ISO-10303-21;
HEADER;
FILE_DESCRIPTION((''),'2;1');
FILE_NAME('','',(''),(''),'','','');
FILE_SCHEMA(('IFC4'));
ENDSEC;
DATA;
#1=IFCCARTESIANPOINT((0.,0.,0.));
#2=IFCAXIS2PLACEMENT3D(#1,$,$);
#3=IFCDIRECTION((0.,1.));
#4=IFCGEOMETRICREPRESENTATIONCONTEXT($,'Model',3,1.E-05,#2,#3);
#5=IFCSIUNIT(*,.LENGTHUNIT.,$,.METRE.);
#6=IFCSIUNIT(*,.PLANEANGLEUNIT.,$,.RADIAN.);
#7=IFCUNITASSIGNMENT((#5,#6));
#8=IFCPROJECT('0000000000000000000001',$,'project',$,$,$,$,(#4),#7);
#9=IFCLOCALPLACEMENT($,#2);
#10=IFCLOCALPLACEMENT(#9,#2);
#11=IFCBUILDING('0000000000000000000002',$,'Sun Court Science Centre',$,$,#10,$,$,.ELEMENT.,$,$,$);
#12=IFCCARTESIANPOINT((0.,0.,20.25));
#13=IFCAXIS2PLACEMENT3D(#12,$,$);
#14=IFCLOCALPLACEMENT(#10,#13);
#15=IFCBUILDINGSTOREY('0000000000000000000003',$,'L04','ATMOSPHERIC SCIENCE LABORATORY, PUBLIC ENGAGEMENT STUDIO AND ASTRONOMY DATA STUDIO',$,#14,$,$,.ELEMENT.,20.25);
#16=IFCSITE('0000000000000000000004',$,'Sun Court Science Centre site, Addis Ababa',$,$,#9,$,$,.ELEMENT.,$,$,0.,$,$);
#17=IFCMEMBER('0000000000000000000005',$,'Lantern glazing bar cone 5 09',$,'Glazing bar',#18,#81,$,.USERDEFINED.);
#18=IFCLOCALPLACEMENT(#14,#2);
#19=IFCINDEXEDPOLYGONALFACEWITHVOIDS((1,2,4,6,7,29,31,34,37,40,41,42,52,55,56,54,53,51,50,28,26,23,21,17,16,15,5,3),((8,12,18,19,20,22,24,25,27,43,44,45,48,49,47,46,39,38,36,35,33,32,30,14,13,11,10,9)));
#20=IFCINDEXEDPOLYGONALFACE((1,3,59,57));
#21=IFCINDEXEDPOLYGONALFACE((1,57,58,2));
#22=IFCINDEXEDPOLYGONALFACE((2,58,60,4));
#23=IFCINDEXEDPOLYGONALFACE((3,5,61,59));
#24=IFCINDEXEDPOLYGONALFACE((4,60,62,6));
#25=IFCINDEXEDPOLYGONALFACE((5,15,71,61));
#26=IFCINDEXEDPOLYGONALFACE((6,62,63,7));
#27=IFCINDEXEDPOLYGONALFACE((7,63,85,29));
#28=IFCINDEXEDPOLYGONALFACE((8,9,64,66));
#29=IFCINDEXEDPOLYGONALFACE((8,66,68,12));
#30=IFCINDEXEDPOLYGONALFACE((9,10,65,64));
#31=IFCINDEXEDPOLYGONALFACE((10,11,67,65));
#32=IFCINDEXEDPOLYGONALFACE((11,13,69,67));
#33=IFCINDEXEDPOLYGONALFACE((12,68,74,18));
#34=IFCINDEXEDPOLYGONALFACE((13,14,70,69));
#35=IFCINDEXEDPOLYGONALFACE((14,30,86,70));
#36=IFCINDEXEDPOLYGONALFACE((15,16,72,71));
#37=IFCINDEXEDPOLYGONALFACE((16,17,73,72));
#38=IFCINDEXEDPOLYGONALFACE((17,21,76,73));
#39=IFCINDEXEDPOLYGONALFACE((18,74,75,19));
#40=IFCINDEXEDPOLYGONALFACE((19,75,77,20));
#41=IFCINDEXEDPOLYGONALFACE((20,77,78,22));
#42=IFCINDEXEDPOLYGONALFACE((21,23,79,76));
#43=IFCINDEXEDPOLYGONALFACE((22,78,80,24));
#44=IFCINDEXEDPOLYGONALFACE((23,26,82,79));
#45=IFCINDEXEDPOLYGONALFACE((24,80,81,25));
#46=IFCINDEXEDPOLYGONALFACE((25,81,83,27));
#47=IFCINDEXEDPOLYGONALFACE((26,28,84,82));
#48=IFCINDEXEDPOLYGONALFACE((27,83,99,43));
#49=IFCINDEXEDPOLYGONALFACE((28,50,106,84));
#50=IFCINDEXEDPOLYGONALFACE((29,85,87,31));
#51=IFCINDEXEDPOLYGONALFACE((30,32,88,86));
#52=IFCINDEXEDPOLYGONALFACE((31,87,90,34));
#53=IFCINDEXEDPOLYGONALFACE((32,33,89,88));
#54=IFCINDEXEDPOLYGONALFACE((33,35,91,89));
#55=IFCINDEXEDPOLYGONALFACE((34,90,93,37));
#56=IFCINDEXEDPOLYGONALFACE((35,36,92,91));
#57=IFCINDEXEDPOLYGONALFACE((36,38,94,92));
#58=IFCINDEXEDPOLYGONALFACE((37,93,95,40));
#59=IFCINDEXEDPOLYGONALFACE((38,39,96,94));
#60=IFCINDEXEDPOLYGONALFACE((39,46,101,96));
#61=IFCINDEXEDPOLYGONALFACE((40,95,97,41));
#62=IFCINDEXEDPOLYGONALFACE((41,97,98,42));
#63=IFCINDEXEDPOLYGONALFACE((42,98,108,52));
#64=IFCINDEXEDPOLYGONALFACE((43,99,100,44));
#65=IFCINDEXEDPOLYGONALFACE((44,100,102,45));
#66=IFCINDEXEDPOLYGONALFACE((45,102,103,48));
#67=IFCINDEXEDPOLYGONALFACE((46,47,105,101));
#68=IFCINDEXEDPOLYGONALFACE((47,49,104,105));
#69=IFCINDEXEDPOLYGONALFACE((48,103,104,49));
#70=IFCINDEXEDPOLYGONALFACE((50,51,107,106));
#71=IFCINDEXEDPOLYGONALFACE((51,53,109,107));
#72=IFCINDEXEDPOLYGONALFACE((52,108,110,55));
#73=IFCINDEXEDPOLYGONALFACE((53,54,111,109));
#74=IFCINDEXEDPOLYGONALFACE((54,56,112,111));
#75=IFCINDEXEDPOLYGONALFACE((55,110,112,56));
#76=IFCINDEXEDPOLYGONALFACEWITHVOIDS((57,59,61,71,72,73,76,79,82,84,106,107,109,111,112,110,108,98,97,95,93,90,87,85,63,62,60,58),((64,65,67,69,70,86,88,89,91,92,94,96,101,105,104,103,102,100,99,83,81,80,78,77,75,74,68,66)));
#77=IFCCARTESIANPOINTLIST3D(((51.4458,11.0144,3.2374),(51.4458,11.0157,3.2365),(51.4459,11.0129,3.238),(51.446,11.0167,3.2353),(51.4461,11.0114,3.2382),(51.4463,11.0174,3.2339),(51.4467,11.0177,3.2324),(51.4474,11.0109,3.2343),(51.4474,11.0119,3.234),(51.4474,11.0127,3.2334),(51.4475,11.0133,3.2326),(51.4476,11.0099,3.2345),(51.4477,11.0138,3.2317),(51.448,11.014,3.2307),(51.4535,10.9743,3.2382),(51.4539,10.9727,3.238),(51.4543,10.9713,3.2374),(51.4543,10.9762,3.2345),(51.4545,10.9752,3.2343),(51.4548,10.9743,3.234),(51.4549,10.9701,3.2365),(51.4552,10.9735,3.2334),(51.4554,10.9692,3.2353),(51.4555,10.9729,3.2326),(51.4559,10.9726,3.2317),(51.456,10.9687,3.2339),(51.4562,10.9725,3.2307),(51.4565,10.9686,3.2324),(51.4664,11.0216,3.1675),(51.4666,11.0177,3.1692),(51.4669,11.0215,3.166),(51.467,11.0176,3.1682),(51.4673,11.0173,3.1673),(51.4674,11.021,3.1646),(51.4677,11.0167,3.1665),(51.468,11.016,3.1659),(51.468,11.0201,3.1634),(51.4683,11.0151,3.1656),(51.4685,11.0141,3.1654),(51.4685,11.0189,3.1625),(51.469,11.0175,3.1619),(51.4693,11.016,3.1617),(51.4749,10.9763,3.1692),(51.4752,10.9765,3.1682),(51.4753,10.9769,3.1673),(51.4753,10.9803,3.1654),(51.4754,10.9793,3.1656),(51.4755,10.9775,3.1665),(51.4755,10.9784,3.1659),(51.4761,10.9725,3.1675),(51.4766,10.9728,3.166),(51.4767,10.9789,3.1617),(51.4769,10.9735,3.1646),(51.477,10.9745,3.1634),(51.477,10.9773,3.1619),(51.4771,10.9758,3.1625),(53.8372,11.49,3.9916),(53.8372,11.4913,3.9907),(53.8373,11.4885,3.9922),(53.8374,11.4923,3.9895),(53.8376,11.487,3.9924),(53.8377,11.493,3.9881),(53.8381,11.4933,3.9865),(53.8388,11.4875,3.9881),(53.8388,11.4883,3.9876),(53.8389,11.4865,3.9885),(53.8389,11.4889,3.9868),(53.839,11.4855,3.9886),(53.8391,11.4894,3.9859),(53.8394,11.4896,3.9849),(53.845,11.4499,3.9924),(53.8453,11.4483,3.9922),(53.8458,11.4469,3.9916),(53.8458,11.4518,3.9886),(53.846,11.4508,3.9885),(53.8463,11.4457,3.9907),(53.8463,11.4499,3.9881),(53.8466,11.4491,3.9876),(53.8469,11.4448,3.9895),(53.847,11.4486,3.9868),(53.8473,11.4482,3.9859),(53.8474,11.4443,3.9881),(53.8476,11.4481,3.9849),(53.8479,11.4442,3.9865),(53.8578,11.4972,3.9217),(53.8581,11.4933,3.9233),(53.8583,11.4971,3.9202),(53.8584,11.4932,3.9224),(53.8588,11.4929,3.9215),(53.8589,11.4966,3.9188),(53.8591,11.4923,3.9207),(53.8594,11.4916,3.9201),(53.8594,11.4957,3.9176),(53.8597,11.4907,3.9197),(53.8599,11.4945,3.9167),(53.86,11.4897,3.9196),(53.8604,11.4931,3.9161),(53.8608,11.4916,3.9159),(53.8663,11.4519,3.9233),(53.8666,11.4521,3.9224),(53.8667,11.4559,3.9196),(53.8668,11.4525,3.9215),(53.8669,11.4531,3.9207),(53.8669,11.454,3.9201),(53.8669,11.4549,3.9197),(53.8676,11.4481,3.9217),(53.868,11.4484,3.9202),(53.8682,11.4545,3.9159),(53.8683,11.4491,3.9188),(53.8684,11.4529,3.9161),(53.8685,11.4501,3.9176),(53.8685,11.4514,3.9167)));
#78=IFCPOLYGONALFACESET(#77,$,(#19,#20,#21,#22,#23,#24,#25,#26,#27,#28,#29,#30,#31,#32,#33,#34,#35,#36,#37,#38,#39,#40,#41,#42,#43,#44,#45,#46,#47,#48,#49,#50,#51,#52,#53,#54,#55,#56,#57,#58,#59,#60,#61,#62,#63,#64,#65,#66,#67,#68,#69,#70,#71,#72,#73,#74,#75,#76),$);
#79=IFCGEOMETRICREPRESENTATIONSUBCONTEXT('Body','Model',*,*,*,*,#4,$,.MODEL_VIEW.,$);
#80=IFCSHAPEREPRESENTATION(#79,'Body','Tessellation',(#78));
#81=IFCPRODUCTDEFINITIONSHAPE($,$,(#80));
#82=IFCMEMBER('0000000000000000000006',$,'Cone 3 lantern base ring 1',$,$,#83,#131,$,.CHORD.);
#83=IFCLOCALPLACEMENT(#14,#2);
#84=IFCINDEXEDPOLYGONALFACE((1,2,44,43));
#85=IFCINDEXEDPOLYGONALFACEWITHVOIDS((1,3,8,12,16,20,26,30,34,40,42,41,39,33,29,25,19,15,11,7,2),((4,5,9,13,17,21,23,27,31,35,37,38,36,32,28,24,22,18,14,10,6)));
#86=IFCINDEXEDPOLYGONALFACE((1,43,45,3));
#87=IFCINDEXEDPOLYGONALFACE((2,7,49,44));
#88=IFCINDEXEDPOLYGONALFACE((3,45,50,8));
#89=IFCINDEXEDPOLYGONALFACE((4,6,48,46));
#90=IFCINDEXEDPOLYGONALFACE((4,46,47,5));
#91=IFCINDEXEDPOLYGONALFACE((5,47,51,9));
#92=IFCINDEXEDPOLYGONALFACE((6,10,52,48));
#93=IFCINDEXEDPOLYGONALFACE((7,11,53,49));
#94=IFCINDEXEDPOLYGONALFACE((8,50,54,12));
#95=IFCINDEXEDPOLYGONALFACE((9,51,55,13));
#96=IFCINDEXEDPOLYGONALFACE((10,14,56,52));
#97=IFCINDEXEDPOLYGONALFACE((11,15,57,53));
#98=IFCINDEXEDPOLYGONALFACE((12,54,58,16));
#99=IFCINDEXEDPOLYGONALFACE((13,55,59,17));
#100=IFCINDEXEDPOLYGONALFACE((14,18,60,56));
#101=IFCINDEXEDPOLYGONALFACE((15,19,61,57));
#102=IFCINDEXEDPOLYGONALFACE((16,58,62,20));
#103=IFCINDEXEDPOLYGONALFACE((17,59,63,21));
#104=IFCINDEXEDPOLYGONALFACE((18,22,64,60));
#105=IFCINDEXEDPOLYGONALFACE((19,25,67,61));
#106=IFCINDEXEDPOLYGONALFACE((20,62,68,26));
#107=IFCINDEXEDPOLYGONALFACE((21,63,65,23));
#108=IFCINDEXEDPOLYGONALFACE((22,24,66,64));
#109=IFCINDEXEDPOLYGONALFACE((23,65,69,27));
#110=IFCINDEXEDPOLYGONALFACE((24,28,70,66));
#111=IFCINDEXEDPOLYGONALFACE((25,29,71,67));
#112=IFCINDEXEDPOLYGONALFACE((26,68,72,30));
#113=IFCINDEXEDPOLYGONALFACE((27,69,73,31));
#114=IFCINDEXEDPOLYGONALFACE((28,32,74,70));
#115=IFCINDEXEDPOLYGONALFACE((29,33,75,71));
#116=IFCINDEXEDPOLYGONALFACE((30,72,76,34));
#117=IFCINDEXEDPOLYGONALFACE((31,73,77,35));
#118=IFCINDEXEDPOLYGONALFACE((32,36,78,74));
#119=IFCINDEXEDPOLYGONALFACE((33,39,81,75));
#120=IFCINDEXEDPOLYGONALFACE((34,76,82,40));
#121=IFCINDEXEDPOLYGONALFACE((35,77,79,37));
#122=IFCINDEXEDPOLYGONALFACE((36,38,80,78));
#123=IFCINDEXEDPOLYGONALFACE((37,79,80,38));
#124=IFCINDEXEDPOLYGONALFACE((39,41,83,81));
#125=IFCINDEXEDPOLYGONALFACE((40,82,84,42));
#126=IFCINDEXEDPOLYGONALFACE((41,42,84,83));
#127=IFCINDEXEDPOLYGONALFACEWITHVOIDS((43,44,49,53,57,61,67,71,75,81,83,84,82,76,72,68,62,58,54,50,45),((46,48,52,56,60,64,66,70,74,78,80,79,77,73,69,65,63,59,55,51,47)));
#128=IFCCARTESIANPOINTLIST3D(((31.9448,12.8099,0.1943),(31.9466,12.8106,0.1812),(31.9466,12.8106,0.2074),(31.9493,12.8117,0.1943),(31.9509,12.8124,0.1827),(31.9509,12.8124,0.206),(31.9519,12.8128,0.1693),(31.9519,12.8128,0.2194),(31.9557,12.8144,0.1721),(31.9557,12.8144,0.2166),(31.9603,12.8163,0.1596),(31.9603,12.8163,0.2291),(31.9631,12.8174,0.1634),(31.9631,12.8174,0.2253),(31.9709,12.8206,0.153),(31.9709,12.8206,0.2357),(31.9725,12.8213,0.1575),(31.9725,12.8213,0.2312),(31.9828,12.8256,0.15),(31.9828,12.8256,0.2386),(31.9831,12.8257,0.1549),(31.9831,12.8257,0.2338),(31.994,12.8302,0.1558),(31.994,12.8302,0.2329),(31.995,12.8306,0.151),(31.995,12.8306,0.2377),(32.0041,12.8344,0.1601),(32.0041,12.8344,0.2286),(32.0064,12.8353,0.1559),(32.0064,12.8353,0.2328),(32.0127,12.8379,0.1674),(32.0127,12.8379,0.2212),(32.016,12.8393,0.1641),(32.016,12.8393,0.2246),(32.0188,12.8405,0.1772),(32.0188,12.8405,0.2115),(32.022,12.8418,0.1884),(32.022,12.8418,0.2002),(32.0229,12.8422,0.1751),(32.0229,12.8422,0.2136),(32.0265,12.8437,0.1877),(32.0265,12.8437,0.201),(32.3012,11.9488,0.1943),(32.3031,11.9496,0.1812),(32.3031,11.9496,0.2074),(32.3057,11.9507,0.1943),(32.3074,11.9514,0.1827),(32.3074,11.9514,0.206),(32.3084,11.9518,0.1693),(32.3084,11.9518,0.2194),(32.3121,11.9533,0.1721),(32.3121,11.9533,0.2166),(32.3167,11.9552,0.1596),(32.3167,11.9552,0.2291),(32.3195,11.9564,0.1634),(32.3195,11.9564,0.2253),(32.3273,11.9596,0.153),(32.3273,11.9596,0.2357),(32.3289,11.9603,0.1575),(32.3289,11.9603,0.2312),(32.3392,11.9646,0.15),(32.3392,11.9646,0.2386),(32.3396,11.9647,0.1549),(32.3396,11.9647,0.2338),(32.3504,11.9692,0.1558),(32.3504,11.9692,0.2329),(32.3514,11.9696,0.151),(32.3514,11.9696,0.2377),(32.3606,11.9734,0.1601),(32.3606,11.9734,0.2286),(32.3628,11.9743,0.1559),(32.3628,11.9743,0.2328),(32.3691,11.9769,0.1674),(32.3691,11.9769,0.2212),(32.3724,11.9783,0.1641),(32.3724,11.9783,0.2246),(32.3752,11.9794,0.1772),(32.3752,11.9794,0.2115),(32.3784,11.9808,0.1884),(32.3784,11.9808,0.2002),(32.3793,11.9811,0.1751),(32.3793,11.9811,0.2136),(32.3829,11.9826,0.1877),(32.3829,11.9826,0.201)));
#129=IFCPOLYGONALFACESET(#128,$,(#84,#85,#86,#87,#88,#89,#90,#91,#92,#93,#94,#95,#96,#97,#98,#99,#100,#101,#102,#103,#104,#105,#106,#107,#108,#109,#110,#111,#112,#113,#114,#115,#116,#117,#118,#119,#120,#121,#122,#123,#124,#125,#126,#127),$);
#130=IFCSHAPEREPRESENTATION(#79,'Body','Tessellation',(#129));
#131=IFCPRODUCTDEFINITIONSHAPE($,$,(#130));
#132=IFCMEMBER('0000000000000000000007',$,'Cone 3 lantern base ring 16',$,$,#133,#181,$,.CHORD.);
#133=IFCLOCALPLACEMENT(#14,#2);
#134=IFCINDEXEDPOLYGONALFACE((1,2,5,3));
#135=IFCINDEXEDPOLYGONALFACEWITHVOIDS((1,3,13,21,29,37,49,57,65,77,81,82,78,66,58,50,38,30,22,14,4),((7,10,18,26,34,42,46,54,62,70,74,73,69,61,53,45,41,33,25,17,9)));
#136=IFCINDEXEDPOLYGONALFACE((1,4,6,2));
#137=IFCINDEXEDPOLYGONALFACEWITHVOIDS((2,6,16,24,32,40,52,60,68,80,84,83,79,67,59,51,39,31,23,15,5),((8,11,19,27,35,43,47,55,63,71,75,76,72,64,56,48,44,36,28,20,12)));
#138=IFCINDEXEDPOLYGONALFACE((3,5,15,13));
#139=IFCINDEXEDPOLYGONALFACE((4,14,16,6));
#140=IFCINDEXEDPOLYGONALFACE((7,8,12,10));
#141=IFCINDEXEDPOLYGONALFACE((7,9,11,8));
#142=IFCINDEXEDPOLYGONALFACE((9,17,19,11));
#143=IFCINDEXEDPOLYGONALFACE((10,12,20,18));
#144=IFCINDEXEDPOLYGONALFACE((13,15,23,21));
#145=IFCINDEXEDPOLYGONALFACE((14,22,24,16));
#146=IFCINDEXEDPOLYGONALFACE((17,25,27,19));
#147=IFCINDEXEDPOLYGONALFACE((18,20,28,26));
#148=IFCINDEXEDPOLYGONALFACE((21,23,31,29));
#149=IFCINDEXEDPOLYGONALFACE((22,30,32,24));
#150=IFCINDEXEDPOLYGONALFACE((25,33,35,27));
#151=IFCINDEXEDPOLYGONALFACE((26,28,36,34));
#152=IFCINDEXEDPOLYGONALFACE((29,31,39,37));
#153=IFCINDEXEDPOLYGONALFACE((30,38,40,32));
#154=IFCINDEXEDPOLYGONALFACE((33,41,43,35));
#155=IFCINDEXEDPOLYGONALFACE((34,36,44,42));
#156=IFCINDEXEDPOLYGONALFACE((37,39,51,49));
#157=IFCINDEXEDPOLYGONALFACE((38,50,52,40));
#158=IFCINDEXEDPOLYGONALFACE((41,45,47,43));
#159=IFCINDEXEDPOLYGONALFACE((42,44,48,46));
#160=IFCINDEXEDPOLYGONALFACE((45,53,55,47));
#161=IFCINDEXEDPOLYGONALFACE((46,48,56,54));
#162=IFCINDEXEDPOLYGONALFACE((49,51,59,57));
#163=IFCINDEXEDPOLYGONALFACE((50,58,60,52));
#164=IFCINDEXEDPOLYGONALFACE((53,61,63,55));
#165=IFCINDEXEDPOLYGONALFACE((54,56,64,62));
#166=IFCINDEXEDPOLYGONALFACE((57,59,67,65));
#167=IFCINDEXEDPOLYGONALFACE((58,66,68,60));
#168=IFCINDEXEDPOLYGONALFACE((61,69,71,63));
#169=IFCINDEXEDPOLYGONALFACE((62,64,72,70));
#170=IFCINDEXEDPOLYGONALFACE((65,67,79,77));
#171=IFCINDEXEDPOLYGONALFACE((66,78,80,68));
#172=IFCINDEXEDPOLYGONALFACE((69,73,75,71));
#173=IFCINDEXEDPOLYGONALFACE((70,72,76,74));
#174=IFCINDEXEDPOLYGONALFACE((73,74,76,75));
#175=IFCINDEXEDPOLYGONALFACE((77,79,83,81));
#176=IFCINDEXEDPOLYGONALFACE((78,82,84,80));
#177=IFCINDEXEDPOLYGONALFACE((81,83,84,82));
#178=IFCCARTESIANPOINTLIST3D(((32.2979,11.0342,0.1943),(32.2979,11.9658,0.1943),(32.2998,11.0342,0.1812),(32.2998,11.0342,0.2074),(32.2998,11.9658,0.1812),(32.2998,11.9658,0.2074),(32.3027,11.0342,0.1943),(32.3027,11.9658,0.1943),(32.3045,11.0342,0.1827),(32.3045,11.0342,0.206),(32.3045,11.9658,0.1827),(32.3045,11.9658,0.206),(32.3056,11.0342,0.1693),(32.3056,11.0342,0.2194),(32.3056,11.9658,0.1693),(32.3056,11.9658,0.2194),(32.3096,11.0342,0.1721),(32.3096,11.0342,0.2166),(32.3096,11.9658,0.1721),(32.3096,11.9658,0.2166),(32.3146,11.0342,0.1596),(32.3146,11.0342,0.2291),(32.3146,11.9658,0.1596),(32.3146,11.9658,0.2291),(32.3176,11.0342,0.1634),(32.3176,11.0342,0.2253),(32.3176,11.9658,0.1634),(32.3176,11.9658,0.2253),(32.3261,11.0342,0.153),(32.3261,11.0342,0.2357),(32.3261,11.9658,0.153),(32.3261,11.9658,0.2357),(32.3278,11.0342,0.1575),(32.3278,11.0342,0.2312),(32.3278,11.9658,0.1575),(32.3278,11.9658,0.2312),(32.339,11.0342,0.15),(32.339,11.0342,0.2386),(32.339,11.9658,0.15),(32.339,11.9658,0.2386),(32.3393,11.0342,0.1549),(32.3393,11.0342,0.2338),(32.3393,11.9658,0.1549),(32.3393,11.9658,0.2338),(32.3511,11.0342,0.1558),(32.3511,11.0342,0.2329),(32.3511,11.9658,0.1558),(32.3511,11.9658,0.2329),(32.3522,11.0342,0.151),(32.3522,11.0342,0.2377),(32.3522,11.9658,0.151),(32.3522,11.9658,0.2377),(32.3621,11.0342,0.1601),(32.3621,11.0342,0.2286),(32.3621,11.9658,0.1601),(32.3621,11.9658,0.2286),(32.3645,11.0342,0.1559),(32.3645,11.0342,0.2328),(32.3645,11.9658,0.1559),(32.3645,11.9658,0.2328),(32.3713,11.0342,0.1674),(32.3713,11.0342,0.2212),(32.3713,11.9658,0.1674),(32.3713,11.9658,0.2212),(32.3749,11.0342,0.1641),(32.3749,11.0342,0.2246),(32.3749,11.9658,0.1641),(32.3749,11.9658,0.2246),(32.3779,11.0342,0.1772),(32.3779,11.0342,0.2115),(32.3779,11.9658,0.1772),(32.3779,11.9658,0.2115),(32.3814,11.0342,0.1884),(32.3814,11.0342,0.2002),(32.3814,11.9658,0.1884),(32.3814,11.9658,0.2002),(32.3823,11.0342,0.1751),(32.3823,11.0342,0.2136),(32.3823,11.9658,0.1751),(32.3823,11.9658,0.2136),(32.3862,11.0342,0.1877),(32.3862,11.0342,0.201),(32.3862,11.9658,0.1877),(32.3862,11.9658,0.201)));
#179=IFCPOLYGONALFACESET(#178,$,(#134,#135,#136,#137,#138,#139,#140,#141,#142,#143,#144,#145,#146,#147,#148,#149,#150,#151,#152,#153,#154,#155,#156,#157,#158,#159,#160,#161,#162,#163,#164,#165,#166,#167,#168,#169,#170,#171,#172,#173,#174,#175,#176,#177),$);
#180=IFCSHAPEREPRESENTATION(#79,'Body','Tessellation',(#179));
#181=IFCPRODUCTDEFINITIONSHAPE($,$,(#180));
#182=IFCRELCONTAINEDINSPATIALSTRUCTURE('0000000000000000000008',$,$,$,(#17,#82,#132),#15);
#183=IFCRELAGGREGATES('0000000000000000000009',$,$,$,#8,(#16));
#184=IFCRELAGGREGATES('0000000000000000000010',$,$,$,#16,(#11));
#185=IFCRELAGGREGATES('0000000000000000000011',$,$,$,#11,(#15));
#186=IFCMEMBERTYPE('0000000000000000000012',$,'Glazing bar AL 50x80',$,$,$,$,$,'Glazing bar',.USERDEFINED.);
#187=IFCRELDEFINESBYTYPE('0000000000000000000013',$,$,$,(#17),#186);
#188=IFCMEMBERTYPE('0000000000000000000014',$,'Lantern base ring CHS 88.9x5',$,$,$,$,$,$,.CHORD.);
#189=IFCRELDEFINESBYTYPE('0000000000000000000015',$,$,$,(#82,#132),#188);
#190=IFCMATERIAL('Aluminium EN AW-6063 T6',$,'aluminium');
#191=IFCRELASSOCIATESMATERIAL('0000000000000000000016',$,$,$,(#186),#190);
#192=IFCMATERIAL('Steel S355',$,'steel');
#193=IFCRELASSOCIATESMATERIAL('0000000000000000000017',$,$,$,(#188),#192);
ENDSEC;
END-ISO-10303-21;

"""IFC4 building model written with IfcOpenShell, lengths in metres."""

from ifc_helpers import new_model, si_unit, direction, frame, origin, origin_2d, place, context, subcontext, project, spatial, hollow_rectangle, hollow_circle, extrude, material, material_profile, profile_set, type_object, element, save


model = new_model("IFC4")

# Units and contexts
model_context = context("Model", 3, precision=1e-05, world=origin(), true_north=direction((0.0, 1.0)))
body_context = subcontext(model_context, "Body", "Model", "MODEL_VIEW")
ifc_project = project(units=[si_unit("LENGTHUNIT", "METRE"), si_unit("PLANEANGLEUNIT", "RADIAN")], contexts=[model_context])

# Site, building, storey
site_placement = place(None, origin())
site = spatial("IfcSite", under=ifc_project, at=site_placement, Name="Sun Court Science Centre site, Addis Ababa", CompositionType="ELEMENT", RefElevation=0.0)
building_placement = place(site_placement, origin())
building = spatial("IfcBuilding", under=site, at=building_placement, Name="Sun Court Science Centre", CompositionType="ELEMENT")
storey_placement = place(building_placement, frame((0.0, 0.0, 20.25)))
storey = spatial("IfcBuildingStorey", under=building, at=storey_placement, Name="L04", Description="ATMOSPHERIC SCIENCE LABORATORY, PUBLIC ENGAGEMENT STUDIO AND ASTRONOMY DATA STUDIO", CompositionType="ELEMENT", Elevation=20.25)

# Members
ifc_material_1 = material(Name="Aluminium EN AW-6063 T6", Category="aluminium")
ifc_material_profile_1 = material_profile(ifc_material_1, hollow_rectangle(XDim=0.05, YDim=0.0801, WallThickness=0.0039, InnerFilletRadius=0.0039, OuterFilletRadius=0.0061, at=origin_2d()), Name="AL 50x80x4")
ifc_profile_set_1 = profile_set([ifc_material_profile_1], Name="Aluminium EN AW-6063 T6")
member_type_1 = type_object("IfcMemberType", Name="Glazing bar AL 50x80", ElementType="Glazing bar", PredefinedType="USERDEFINED", material=ifc_profile_set_1)
for number, where, z_axis, x_axis, name in (
    (1, (51.4614, 10.9951, 3.2), (0.936994, 0.186347, 0.295495), (-0.195057, 0.980792, 0.0), "Lantern glazing bar cone 5 09"),
):
    element("IfcMember", number, at=place(storey_placement, frame(where, z_axis=z_axis, x_axis=x_axis)), inside=storey, type_object=member_type_1, Name=name, ObjectType="Glazing bar", PredefinedType="USERDEFINED", context=body_context, shape_type="SweptSolid", body=[
        extrude(hollow_rectangle(XDim=0.05, YDim=0.0801, WallThickness=0.0039, InnerFilletRadius=0.0039, OuterFilletRadius=0.0061, at=origin_2d()), origin(), (0.0, 0.0, 1.0), 2.5522),
    ])
ifc_material_2 = material(Name="Steel S355", Category="steel")
ifc_material_profile_2 = material_profile(ifc_material_2, hollow_circle(Radius=0.0444, WallThickness=0.0049, at=origin_2d()), Name="CHS 88.9x5")
ifc_profile_set_2 = profile_set([ifc_material_profile_2], Name="Steel S355")
member_type_2 = type_object("IfcMemberType", Name="Lantern base ring CHS 88.9x5", PredefinedType="CHORD", material=ifc_profile_set_2)
member_1_placement = place(storey_placement, frame((32.3423, 11.9658, 0.1943), z_axis=(-0.382475, 0.923966, 0.0), x_axis=(-0.923966, -0.382475, 0.0)))
element("IfcMember", 2, at=member_1_placement, inside=storey, type_object=member_type_2, Name="Cone 3 lantern base ring 1", PredefinedType="CHORD", context=body_context, shape_type="SweptSolid", body=[
    extrude(hollow_circle(Radius=0.0444, WallThickness=0.0049, at=origin_2d()), origin(), (0.0, 0.0, 1.0), 0.9319),
])
member_2_placement = place(storey_placement, frame((32.3423, 11.0342, 0.1943), z_axis=(0.0, 1.0, 0.0), x_axis=(-1.0, 0.0, 0.0)))
element("IfcMember", 3, at=member_2_placement, inside=storey, type_object=member_type_2, Name="Cone 3 lantern base ring 16", PredefinedType="CHORD", context=body_context, shape_type="SweptSolid", body=[
    extrude(hollow_circle(Radius=0.0444, WallThickness=0.0049, at=origin_2d()), origin(), (0.0, 0.0, 1.0), 0.9316),
])

save(model, "model.ifc")
